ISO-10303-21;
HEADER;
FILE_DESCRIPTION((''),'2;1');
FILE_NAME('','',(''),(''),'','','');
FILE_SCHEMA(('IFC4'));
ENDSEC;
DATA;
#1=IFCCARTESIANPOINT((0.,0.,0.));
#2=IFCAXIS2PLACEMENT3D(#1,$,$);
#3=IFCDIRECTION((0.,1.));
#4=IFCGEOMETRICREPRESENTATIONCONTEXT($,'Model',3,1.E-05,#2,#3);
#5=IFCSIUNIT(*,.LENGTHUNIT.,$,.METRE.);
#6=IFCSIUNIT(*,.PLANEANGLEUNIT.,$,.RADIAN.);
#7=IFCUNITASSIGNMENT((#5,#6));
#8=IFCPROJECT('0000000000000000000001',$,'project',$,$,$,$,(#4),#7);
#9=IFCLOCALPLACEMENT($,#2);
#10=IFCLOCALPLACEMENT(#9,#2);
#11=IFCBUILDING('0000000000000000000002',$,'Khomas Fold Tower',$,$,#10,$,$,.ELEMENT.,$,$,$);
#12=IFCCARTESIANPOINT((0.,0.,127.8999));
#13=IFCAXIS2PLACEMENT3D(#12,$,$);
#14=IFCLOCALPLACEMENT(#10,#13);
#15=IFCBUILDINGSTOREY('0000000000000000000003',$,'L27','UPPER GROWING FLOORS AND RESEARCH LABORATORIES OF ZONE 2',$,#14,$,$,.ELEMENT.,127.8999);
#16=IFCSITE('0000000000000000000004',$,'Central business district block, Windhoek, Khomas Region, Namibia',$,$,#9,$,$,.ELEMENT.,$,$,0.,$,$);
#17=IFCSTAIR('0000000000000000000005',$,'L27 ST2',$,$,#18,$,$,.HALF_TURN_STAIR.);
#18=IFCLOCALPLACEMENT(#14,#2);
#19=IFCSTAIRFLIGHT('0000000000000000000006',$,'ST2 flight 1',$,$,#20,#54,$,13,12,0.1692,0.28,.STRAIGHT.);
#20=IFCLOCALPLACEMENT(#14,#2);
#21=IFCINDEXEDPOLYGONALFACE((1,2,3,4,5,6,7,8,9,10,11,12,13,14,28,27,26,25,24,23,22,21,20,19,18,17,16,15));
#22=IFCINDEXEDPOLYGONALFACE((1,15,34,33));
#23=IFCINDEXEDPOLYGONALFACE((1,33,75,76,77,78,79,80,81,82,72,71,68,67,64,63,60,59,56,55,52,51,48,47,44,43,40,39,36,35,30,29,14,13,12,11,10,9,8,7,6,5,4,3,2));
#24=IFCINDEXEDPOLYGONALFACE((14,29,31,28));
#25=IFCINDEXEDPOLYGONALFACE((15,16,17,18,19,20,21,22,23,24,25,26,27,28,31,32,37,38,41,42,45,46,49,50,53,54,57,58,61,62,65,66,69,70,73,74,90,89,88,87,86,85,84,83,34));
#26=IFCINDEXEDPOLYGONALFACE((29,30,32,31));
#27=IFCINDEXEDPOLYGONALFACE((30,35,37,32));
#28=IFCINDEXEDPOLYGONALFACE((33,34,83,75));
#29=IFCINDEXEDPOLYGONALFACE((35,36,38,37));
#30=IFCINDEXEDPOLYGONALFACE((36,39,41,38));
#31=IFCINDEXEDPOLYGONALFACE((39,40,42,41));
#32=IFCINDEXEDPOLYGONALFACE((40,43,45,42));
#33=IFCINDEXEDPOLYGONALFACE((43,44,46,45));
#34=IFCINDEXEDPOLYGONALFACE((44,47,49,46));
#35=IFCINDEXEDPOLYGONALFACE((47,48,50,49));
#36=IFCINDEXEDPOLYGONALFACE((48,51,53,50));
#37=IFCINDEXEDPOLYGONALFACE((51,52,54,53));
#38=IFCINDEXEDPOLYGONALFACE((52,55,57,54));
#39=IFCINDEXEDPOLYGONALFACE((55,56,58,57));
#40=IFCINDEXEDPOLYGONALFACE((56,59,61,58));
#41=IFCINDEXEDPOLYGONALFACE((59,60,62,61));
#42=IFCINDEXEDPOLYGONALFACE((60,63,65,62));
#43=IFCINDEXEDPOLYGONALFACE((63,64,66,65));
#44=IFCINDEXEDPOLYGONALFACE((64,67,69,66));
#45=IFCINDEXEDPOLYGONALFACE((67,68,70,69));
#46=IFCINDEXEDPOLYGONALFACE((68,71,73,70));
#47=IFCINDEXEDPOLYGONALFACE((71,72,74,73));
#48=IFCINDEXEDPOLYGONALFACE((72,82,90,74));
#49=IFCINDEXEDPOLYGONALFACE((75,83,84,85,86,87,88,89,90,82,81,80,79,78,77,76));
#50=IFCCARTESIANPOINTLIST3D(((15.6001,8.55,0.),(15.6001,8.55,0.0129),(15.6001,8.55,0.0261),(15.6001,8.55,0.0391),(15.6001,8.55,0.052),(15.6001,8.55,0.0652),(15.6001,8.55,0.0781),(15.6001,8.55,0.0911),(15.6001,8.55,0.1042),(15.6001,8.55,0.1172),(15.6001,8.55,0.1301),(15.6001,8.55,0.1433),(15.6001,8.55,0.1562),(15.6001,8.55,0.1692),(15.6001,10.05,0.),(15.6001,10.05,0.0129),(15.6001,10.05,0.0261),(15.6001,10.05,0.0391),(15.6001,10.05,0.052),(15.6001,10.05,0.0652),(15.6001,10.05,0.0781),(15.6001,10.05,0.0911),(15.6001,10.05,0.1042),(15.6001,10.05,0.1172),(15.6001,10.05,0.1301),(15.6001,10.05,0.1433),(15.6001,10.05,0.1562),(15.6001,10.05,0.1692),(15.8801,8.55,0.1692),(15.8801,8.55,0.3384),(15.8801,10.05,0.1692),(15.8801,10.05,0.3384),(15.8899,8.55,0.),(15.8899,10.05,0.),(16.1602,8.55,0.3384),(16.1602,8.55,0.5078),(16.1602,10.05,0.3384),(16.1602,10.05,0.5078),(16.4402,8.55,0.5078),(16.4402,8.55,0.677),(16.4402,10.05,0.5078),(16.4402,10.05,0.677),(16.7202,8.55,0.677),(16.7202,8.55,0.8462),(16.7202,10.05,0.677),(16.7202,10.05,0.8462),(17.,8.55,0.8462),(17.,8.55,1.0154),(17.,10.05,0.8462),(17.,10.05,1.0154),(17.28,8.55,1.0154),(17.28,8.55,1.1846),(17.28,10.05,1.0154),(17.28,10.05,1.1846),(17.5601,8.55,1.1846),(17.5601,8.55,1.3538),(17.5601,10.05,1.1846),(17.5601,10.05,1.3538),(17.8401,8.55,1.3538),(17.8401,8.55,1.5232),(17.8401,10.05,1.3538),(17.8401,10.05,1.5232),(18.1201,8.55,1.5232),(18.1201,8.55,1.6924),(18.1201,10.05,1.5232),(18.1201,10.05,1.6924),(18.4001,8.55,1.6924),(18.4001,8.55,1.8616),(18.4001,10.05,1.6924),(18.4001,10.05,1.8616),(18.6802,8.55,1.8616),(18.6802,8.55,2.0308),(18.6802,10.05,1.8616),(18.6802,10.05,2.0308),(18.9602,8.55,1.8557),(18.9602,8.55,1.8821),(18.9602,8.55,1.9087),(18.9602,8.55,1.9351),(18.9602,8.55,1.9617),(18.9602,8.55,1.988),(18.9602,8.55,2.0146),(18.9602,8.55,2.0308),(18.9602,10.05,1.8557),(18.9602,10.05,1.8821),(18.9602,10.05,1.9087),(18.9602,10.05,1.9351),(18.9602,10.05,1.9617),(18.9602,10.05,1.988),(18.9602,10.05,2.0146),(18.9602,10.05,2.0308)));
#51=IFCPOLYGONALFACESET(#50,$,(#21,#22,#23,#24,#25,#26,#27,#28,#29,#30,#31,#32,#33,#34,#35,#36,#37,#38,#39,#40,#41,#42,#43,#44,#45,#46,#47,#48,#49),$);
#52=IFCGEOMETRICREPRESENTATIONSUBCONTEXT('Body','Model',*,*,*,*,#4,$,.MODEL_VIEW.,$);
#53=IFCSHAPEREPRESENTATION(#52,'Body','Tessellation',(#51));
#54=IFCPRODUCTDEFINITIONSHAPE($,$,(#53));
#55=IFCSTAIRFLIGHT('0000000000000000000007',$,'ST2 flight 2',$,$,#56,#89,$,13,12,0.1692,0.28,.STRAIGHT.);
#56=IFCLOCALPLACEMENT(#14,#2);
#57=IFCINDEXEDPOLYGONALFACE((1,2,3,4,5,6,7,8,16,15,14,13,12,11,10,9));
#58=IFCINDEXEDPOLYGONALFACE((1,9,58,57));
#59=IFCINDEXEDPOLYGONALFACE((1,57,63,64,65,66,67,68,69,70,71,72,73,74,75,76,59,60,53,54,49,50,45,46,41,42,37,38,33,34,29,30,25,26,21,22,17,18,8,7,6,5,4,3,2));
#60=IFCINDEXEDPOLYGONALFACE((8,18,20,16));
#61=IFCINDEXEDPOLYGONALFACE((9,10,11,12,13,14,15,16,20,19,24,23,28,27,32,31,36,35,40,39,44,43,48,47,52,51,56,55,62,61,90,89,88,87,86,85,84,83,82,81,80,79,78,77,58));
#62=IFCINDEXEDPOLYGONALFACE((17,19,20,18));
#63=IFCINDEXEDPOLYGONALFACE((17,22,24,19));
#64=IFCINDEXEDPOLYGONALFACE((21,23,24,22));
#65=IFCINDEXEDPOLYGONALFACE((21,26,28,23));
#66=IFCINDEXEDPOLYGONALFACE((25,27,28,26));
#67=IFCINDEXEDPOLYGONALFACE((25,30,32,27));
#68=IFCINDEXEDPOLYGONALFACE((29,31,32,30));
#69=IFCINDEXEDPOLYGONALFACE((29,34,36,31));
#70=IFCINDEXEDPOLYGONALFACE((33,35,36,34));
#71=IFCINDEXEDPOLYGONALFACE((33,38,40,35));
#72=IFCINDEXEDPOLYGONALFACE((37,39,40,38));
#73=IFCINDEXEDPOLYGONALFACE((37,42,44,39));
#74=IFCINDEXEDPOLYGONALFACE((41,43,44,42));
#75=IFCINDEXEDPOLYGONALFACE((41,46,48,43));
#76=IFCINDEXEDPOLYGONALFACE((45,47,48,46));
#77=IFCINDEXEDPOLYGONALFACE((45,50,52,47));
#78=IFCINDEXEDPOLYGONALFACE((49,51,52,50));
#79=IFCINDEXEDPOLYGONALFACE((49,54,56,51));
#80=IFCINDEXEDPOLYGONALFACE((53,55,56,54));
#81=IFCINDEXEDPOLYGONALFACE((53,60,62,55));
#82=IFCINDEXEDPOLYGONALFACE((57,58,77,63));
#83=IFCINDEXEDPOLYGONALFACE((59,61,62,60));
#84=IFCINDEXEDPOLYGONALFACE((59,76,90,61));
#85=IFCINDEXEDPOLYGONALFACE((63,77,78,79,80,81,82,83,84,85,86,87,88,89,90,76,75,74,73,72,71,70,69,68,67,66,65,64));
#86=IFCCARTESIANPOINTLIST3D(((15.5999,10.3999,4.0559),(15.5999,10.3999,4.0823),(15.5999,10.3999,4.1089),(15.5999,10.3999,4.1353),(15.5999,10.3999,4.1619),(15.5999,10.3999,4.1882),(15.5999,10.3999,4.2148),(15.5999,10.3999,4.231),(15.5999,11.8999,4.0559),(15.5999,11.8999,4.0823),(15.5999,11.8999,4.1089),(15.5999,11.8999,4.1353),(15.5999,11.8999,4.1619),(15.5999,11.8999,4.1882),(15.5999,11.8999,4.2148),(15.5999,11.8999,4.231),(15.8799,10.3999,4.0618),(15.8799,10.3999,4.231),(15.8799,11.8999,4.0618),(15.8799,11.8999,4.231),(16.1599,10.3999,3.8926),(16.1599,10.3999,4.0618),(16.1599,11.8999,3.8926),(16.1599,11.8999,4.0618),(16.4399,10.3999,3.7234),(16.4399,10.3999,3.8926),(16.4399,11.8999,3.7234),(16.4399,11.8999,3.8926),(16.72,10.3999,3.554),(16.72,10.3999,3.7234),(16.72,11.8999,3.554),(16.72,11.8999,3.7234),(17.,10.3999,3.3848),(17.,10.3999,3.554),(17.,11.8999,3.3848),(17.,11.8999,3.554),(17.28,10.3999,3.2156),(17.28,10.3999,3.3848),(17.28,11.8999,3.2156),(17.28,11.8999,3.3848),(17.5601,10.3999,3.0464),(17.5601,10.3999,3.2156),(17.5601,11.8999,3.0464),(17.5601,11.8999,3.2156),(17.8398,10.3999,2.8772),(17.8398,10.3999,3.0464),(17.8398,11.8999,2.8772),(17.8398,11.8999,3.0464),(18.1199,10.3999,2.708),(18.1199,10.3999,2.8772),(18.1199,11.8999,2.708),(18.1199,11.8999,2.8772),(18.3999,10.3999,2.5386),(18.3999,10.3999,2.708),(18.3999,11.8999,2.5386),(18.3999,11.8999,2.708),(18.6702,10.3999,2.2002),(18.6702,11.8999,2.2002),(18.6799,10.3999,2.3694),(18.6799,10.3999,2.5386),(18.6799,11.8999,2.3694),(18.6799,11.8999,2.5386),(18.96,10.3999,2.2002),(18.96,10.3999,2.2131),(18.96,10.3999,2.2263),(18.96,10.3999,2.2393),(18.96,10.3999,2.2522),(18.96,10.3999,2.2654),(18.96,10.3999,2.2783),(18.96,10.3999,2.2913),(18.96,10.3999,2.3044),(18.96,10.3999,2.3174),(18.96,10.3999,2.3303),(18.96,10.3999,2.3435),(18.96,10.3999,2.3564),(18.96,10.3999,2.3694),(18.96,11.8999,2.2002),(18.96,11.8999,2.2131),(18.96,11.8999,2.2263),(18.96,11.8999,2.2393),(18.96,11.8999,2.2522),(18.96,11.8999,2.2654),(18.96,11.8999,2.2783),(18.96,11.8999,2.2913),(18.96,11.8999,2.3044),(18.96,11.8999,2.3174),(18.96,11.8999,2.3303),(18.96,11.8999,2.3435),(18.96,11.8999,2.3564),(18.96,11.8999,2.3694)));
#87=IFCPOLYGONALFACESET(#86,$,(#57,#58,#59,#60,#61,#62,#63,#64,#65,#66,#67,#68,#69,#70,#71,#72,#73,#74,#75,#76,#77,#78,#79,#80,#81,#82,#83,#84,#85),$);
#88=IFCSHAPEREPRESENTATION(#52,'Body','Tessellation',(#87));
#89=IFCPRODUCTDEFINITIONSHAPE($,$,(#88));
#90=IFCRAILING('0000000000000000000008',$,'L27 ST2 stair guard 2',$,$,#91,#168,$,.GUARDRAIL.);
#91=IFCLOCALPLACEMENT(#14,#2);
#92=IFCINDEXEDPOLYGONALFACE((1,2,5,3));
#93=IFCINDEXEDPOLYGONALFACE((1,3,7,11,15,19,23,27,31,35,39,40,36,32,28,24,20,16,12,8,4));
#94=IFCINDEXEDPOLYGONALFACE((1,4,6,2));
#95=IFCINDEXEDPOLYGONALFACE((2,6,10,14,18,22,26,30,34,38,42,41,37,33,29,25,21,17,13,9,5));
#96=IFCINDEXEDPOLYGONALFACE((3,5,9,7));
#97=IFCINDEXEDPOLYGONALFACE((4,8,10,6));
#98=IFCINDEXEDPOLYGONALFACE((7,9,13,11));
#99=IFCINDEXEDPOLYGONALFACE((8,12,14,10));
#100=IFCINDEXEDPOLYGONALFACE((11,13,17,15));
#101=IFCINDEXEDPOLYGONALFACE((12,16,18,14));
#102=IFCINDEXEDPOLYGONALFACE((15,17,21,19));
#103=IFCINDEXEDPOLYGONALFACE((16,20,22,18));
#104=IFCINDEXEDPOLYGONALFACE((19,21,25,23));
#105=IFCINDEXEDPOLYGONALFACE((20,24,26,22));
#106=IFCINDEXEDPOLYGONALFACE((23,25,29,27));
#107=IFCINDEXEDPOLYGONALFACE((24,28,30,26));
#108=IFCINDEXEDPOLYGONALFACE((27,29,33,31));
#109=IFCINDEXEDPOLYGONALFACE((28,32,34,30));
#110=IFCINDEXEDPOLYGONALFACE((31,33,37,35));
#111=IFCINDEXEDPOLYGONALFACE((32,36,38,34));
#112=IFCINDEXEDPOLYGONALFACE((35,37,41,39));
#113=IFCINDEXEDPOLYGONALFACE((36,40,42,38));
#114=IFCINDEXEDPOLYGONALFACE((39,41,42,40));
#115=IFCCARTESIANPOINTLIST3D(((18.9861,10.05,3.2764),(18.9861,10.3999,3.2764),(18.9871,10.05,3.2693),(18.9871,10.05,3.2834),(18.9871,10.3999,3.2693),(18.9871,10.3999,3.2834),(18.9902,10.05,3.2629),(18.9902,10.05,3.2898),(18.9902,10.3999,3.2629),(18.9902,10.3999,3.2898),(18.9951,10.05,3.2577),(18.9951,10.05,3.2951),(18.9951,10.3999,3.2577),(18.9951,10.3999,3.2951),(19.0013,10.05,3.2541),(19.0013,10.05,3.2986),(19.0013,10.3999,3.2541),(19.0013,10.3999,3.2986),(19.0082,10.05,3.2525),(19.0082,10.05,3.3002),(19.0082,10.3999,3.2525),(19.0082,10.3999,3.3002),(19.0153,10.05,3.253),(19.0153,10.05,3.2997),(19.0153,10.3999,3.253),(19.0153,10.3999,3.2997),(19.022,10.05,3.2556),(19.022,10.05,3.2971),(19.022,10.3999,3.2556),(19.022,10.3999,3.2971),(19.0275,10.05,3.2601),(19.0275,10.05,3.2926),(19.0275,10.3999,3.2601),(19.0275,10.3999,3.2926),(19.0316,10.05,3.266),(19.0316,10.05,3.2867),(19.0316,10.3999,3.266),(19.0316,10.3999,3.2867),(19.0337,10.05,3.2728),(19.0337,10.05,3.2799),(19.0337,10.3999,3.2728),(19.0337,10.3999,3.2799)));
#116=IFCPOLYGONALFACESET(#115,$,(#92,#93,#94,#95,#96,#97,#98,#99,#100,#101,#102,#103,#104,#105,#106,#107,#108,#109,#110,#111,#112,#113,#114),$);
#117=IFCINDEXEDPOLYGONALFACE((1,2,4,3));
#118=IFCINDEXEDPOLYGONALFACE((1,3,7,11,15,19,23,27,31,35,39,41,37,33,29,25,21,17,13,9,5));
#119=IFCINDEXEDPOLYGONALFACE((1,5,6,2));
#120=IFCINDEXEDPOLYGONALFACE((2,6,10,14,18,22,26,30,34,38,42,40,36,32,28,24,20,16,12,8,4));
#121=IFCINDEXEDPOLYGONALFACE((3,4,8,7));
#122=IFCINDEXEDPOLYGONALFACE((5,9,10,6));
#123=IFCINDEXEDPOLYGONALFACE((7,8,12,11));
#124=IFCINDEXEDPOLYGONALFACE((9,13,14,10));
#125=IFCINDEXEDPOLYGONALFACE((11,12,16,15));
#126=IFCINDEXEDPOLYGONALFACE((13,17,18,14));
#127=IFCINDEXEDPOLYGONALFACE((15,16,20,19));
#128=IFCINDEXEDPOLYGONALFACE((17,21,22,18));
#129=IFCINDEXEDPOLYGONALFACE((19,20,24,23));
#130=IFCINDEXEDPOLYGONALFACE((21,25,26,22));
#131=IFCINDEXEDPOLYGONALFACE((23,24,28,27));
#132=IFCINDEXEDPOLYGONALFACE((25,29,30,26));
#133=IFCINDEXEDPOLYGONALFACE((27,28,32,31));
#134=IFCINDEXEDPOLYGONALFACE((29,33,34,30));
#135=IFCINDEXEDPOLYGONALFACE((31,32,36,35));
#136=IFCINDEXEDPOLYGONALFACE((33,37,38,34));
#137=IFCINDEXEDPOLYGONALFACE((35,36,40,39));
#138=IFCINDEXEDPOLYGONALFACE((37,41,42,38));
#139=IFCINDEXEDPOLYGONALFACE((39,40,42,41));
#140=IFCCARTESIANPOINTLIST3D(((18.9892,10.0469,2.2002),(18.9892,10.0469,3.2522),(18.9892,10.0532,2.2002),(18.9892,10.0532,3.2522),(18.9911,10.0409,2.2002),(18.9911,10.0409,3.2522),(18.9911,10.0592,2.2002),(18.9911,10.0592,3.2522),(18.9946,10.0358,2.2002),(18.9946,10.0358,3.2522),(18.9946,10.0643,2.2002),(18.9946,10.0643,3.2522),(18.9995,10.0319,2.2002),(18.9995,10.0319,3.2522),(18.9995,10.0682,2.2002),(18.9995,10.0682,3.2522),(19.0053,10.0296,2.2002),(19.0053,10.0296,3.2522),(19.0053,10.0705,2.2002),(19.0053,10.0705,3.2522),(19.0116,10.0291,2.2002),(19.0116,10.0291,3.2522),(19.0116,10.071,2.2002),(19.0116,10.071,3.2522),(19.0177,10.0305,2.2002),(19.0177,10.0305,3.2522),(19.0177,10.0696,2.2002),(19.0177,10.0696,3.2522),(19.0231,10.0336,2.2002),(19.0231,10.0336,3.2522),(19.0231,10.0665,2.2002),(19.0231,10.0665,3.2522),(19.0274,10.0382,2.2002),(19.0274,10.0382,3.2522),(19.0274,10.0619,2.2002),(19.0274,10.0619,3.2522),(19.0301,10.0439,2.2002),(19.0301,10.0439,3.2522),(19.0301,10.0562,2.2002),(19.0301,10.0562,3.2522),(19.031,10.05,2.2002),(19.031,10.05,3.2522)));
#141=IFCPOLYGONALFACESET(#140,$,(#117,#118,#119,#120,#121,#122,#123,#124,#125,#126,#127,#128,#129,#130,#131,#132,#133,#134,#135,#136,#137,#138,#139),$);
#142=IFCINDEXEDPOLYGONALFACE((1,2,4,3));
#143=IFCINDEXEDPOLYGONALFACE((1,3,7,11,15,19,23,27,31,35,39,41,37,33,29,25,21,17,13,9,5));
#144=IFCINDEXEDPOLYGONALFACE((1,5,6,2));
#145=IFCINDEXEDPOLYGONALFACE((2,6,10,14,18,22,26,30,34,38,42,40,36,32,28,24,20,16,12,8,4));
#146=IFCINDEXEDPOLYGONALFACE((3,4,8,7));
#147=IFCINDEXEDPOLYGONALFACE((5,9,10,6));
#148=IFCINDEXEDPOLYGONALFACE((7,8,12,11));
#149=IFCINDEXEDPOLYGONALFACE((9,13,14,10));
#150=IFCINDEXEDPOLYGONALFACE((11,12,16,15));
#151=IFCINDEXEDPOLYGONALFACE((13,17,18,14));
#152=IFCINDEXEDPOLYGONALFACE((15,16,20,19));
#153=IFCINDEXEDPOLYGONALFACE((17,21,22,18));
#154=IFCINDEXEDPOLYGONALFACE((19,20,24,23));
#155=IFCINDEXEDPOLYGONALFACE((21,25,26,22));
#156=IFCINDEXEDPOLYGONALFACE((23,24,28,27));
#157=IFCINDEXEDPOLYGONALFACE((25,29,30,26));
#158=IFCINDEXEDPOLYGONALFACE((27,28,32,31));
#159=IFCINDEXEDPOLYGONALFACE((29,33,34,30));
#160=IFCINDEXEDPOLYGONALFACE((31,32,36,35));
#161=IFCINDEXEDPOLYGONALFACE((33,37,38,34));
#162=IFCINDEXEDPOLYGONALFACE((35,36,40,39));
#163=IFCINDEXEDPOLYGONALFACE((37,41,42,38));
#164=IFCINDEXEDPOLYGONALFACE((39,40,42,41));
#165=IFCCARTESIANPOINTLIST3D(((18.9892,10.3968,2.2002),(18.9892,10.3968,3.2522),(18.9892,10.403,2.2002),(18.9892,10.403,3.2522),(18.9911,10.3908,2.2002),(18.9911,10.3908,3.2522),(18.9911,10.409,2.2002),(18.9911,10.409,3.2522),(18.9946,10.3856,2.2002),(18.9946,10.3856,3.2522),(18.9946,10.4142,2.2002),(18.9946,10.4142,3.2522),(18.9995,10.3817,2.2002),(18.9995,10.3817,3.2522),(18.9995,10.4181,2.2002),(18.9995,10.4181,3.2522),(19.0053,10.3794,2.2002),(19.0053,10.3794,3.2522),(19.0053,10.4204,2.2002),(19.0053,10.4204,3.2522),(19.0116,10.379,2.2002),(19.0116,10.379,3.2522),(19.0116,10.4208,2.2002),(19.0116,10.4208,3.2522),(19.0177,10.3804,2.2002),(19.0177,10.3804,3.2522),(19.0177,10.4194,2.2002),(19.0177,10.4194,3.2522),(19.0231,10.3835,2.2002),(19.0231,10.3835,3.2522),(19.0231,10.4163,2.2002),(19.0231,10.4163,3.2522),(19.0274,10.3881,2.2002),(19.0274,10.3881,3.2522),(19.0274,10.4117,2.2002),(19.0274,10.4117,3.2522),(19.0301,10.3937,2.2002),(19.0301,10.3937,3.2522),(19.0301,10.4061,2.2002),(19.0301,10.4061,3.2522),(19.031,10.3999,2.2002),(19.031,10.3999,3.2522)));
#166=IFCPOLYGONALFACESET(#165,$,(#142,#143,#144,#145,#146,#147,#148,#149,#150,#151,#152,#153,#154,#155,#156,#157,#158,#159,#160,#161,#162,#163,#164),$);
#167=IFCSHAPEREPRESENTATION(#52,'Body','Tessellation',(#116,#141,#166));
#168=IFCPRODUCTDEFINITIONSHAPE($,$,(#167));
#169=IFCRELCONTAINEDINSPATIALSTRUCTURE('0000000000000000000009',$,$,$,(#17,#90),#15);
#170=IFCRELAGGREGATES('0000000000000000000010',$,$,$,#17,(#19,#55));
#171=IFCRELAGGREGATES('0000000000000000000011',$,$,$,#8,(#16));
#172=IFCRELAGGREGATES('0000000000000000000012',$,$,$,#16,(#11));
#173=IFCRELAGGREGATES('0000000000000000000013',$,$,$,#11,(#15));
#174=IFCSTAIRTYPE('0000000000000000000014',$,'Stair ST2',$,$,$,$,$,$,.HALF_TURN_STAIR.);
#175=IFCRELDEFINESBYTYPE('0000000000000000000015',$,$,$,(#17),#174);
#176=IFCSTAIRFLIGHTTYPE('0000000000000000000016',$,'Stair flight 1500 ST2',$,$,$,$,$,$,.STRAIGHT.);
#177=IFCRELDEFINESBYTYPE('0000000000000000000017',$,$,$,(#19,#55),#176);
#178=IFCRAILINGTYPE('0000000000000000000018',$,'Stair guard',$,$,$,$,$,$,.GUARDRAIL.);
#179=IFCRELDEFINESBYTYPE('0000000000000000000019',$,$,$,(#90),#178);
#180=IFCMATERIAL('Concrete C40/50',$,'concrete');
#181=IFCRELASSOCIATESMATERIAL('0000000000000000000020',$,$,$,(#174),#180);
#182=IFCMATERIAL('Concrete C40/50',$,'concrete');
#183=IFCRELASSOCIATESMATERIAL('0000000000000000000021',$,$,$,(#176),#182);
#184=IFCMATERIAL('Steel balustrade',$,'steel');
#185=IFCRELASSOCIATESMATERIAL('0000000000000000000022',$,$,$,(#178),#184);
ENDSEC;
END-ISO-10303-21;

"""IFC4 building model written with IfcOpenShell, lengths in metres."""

from ifc_helpers import new_model, si_unit, direction, frame, origin, origin_2d, place, context, subcontext, project, spatial, polyline, circle, outline, extrude, source, transform, mapped, material, type_object, element, aggregate, save


model = new_model("IFC4")

# Units and contexts
model_context = context("Model", 3, precision=1e-05, world=origin(), true_north=direction((0.0, 1.0)))
body_context = subcontext(model_context, "Body", "Model", "MODEL_VIEW")
ifc_project = project(units=[si_unit("LENGTHUNIT", "METRE"), si_unit("PLANEANGLEUNIT", "RADIAN")], contexts=[model_context])

# Site, building, storey
site_placement = place(None, origin())
site = spatial("IfcSite", under=ifc_project, at=site_placement, Name="Central business district block, Windhoek, Khomas Region, Namibia", CompositionType="ELEMENT", RefElevation=0.0)
building_placement = place(site_placement, origin())
building = spatial("IfcBuilding", under=site, at=building_placement, Name="Khomas Fold Tower", CompositionType="ELEMENT")
storey_placement = place(building_placement, frame((0.0, 0.0, 127.8999)))
storey = spatial("IfcBuildingStorey", under=building, at=storey_placement, Name="L27", Description="UPPER GROWING FLOORS AND RESEARCH LABORATORIES OF ZONE 2", CompositionType="ELEMENT", Elevation=127.8999)

# Stair, stair flights
ifc_material_1 = material(Name="Concrete C40/50", Category="concrete")
stair_type = type_object("IfcStairType", Name="Stair ST2", PredefinedType="HALF_TURN_STAIR", material=ifc_material_1)
stair_placement = place(storey_placement, origin())
stair = element("IfcStair", 1, at=stair_placement, inside=storey, type_object=stair_type, Name="L27 ST2", PredefinedType="HALF_TURN_STAIR")
ifc_material_2 = material(Name="Concrete C40/50", Category="concrete")
stair_flight_type = type_object("IfcStairFlightType", Name="Stair flight 1500 ST2", PredefinedType="STRAIGHT", material=ifc_material_2)
shared_shape_1 = source(origin(), body_context, "Body", "SweptSolid", [
    extrude(outline(polyline([(0.0, 0.0), (0.0, 0.0129), (0.0, 0.0261), (0.0, 0.0391), (0.0, 0.052), (0.0, 0.0652), (0.0, 0.0781), (0.0, 0.0911), (0.0, 0.1042), (0.0, 0.1172), (0.0, 0.1301), (0.0, 0.1433), (0.0, 0.1562), (0.0, 0.1692), (0.28, 0.1692), (0.28, 0.3384), (0.5601, 0.3384), (0.5601, 0.5078), (0.8401, 0.5078), (0.8401, 0.677), (1.1201, 0.677), (1.1201, 0.8462), (1.3999, 0.8462), (1.3999, 1.0154), (1.6799, 1.0154), (1.6799, 1.1846), (1.96, 1.1846), (1.96, 1.3538), (2.24, 1.3538), (2.24, 1.5232), (2.52, 1.5232), (2.52, 1.6924), (2.8, 1.6924), (2.8, 1.8616), (3.0801, 1.8616), (3.0801, 2.0308), (3.3601, 2.0308), (3.3601, 2.2), (3.3601, 2.1736), (3.3601, 2.147), (3.3601, 2.1206), (3.3601, 2.094), (3.3601, 2.0676), (3.3601, 2.041), (3.3601, 2.0146), (3.3601, 1.988), (3.3601, 1.9617), (3.3601, 1.9351), (3.3601, 1.9087), (3.3601, 1.8821), (3.3601, 1.8557), (0.2898, 0.0), (0.0, 0.0)])), frame((0.0, 0.75, 0.0), z_axis=(0.0, -1.0, 0.0), x_axis=(1.0, 0.0, 0.0)), (0.0, 0.0, 1.0), 1.5),
])
stair_flight_1_placement = place(storey_placement, frame((15.6001, 9.3, 0.0), z_axis=(0.0, 0.0, 1.0), x_axis=(1.0, 0.0, 0.0)))
stair_flight_1 = element("IfcStairFlight", 2, at=stair_flight_1_placement, type_object=stair_flight_type, Name="ST2 flight 1", NumberOfRisers=13, NumberOfTreads=12, PredefinedType="STRAIGHT", RiserHeight=0.1692, TreadLength=0.28, context=body_context, shape_type="MappedRepresentation", body=[
    mapped(shared_shape_1, transform((0.0, 0.0, 0.0))),
])
stair_flight_2_placement = place(storey_placement, frame((18.96, 11.1499, 2.2002), z_axis=(0.0, 0.0, 1.0), x_axis=(-1.0, 0.0, 0.0)))
stair_flight_2 = element("IfcStairFlight", 3, at=stair_flight_2_placement, type_object=stair_flight_type, Name="ST2 flight 2", NumberOfRisers=13, NumberOfTreads=12, PredefinedType="STRAIGHT", RiserHeight=0.1692, TreadLength=0.28, context=body_context, shape_type="MappedRepresentation", body=[
    mapped(shared_shape_1, transform((0.0, 0.0, 0.0))),
])
aggregate(stair, [stair_flight_1, stair_flight_2])

# Railing
ifc_material_3 = material(Name="Steel balustrade", Category="steel")
railing_type_1 = type_object("IfcRailingType", Name="Stair guard", PredefinedType="GUARDRAIL", material=ifc_material_3)
shared_shape_2 = source(origin(), body_context, "Body", "SweptSolid", [
    extrude(circle(Radius=0.0239, at=origin_2d()), frame((0.0, 0.0, 1.0762), z_axis=(0.0, 1.0, 0.0), x_axis=(-1.0, 0.0, 0.0)), (0.0, 0.0, 1.0), 0.3499),
    extrude(circle(Radius=0.021, at=origin_2d()), origin(), (0.0, 0.0, 1.0), 1.052),
    extrude(circle(Radius=0.021, at=origin_2d()), frame((0.0, 0.3499, 0.0)), (0.0, 0.0, 1.0), 1.052),
])
for number, where, name in (
    (4, (19.01, 10.05, 2.2002), "L27 ST2 stair guard 2"),
):
    element("IfcRailing", number, at=place(storey_placement, frame(where)), inside=storey, type_object=railing_type_1, Name=name, PredefinedType="GUARDRAIL", context=body_context, shape_type="MappedRepresentation", body=[
        mapped(shared_shape_2, transform((0.0, 0.0, 0.0))),
    ])

save(model, "model.ifc")
